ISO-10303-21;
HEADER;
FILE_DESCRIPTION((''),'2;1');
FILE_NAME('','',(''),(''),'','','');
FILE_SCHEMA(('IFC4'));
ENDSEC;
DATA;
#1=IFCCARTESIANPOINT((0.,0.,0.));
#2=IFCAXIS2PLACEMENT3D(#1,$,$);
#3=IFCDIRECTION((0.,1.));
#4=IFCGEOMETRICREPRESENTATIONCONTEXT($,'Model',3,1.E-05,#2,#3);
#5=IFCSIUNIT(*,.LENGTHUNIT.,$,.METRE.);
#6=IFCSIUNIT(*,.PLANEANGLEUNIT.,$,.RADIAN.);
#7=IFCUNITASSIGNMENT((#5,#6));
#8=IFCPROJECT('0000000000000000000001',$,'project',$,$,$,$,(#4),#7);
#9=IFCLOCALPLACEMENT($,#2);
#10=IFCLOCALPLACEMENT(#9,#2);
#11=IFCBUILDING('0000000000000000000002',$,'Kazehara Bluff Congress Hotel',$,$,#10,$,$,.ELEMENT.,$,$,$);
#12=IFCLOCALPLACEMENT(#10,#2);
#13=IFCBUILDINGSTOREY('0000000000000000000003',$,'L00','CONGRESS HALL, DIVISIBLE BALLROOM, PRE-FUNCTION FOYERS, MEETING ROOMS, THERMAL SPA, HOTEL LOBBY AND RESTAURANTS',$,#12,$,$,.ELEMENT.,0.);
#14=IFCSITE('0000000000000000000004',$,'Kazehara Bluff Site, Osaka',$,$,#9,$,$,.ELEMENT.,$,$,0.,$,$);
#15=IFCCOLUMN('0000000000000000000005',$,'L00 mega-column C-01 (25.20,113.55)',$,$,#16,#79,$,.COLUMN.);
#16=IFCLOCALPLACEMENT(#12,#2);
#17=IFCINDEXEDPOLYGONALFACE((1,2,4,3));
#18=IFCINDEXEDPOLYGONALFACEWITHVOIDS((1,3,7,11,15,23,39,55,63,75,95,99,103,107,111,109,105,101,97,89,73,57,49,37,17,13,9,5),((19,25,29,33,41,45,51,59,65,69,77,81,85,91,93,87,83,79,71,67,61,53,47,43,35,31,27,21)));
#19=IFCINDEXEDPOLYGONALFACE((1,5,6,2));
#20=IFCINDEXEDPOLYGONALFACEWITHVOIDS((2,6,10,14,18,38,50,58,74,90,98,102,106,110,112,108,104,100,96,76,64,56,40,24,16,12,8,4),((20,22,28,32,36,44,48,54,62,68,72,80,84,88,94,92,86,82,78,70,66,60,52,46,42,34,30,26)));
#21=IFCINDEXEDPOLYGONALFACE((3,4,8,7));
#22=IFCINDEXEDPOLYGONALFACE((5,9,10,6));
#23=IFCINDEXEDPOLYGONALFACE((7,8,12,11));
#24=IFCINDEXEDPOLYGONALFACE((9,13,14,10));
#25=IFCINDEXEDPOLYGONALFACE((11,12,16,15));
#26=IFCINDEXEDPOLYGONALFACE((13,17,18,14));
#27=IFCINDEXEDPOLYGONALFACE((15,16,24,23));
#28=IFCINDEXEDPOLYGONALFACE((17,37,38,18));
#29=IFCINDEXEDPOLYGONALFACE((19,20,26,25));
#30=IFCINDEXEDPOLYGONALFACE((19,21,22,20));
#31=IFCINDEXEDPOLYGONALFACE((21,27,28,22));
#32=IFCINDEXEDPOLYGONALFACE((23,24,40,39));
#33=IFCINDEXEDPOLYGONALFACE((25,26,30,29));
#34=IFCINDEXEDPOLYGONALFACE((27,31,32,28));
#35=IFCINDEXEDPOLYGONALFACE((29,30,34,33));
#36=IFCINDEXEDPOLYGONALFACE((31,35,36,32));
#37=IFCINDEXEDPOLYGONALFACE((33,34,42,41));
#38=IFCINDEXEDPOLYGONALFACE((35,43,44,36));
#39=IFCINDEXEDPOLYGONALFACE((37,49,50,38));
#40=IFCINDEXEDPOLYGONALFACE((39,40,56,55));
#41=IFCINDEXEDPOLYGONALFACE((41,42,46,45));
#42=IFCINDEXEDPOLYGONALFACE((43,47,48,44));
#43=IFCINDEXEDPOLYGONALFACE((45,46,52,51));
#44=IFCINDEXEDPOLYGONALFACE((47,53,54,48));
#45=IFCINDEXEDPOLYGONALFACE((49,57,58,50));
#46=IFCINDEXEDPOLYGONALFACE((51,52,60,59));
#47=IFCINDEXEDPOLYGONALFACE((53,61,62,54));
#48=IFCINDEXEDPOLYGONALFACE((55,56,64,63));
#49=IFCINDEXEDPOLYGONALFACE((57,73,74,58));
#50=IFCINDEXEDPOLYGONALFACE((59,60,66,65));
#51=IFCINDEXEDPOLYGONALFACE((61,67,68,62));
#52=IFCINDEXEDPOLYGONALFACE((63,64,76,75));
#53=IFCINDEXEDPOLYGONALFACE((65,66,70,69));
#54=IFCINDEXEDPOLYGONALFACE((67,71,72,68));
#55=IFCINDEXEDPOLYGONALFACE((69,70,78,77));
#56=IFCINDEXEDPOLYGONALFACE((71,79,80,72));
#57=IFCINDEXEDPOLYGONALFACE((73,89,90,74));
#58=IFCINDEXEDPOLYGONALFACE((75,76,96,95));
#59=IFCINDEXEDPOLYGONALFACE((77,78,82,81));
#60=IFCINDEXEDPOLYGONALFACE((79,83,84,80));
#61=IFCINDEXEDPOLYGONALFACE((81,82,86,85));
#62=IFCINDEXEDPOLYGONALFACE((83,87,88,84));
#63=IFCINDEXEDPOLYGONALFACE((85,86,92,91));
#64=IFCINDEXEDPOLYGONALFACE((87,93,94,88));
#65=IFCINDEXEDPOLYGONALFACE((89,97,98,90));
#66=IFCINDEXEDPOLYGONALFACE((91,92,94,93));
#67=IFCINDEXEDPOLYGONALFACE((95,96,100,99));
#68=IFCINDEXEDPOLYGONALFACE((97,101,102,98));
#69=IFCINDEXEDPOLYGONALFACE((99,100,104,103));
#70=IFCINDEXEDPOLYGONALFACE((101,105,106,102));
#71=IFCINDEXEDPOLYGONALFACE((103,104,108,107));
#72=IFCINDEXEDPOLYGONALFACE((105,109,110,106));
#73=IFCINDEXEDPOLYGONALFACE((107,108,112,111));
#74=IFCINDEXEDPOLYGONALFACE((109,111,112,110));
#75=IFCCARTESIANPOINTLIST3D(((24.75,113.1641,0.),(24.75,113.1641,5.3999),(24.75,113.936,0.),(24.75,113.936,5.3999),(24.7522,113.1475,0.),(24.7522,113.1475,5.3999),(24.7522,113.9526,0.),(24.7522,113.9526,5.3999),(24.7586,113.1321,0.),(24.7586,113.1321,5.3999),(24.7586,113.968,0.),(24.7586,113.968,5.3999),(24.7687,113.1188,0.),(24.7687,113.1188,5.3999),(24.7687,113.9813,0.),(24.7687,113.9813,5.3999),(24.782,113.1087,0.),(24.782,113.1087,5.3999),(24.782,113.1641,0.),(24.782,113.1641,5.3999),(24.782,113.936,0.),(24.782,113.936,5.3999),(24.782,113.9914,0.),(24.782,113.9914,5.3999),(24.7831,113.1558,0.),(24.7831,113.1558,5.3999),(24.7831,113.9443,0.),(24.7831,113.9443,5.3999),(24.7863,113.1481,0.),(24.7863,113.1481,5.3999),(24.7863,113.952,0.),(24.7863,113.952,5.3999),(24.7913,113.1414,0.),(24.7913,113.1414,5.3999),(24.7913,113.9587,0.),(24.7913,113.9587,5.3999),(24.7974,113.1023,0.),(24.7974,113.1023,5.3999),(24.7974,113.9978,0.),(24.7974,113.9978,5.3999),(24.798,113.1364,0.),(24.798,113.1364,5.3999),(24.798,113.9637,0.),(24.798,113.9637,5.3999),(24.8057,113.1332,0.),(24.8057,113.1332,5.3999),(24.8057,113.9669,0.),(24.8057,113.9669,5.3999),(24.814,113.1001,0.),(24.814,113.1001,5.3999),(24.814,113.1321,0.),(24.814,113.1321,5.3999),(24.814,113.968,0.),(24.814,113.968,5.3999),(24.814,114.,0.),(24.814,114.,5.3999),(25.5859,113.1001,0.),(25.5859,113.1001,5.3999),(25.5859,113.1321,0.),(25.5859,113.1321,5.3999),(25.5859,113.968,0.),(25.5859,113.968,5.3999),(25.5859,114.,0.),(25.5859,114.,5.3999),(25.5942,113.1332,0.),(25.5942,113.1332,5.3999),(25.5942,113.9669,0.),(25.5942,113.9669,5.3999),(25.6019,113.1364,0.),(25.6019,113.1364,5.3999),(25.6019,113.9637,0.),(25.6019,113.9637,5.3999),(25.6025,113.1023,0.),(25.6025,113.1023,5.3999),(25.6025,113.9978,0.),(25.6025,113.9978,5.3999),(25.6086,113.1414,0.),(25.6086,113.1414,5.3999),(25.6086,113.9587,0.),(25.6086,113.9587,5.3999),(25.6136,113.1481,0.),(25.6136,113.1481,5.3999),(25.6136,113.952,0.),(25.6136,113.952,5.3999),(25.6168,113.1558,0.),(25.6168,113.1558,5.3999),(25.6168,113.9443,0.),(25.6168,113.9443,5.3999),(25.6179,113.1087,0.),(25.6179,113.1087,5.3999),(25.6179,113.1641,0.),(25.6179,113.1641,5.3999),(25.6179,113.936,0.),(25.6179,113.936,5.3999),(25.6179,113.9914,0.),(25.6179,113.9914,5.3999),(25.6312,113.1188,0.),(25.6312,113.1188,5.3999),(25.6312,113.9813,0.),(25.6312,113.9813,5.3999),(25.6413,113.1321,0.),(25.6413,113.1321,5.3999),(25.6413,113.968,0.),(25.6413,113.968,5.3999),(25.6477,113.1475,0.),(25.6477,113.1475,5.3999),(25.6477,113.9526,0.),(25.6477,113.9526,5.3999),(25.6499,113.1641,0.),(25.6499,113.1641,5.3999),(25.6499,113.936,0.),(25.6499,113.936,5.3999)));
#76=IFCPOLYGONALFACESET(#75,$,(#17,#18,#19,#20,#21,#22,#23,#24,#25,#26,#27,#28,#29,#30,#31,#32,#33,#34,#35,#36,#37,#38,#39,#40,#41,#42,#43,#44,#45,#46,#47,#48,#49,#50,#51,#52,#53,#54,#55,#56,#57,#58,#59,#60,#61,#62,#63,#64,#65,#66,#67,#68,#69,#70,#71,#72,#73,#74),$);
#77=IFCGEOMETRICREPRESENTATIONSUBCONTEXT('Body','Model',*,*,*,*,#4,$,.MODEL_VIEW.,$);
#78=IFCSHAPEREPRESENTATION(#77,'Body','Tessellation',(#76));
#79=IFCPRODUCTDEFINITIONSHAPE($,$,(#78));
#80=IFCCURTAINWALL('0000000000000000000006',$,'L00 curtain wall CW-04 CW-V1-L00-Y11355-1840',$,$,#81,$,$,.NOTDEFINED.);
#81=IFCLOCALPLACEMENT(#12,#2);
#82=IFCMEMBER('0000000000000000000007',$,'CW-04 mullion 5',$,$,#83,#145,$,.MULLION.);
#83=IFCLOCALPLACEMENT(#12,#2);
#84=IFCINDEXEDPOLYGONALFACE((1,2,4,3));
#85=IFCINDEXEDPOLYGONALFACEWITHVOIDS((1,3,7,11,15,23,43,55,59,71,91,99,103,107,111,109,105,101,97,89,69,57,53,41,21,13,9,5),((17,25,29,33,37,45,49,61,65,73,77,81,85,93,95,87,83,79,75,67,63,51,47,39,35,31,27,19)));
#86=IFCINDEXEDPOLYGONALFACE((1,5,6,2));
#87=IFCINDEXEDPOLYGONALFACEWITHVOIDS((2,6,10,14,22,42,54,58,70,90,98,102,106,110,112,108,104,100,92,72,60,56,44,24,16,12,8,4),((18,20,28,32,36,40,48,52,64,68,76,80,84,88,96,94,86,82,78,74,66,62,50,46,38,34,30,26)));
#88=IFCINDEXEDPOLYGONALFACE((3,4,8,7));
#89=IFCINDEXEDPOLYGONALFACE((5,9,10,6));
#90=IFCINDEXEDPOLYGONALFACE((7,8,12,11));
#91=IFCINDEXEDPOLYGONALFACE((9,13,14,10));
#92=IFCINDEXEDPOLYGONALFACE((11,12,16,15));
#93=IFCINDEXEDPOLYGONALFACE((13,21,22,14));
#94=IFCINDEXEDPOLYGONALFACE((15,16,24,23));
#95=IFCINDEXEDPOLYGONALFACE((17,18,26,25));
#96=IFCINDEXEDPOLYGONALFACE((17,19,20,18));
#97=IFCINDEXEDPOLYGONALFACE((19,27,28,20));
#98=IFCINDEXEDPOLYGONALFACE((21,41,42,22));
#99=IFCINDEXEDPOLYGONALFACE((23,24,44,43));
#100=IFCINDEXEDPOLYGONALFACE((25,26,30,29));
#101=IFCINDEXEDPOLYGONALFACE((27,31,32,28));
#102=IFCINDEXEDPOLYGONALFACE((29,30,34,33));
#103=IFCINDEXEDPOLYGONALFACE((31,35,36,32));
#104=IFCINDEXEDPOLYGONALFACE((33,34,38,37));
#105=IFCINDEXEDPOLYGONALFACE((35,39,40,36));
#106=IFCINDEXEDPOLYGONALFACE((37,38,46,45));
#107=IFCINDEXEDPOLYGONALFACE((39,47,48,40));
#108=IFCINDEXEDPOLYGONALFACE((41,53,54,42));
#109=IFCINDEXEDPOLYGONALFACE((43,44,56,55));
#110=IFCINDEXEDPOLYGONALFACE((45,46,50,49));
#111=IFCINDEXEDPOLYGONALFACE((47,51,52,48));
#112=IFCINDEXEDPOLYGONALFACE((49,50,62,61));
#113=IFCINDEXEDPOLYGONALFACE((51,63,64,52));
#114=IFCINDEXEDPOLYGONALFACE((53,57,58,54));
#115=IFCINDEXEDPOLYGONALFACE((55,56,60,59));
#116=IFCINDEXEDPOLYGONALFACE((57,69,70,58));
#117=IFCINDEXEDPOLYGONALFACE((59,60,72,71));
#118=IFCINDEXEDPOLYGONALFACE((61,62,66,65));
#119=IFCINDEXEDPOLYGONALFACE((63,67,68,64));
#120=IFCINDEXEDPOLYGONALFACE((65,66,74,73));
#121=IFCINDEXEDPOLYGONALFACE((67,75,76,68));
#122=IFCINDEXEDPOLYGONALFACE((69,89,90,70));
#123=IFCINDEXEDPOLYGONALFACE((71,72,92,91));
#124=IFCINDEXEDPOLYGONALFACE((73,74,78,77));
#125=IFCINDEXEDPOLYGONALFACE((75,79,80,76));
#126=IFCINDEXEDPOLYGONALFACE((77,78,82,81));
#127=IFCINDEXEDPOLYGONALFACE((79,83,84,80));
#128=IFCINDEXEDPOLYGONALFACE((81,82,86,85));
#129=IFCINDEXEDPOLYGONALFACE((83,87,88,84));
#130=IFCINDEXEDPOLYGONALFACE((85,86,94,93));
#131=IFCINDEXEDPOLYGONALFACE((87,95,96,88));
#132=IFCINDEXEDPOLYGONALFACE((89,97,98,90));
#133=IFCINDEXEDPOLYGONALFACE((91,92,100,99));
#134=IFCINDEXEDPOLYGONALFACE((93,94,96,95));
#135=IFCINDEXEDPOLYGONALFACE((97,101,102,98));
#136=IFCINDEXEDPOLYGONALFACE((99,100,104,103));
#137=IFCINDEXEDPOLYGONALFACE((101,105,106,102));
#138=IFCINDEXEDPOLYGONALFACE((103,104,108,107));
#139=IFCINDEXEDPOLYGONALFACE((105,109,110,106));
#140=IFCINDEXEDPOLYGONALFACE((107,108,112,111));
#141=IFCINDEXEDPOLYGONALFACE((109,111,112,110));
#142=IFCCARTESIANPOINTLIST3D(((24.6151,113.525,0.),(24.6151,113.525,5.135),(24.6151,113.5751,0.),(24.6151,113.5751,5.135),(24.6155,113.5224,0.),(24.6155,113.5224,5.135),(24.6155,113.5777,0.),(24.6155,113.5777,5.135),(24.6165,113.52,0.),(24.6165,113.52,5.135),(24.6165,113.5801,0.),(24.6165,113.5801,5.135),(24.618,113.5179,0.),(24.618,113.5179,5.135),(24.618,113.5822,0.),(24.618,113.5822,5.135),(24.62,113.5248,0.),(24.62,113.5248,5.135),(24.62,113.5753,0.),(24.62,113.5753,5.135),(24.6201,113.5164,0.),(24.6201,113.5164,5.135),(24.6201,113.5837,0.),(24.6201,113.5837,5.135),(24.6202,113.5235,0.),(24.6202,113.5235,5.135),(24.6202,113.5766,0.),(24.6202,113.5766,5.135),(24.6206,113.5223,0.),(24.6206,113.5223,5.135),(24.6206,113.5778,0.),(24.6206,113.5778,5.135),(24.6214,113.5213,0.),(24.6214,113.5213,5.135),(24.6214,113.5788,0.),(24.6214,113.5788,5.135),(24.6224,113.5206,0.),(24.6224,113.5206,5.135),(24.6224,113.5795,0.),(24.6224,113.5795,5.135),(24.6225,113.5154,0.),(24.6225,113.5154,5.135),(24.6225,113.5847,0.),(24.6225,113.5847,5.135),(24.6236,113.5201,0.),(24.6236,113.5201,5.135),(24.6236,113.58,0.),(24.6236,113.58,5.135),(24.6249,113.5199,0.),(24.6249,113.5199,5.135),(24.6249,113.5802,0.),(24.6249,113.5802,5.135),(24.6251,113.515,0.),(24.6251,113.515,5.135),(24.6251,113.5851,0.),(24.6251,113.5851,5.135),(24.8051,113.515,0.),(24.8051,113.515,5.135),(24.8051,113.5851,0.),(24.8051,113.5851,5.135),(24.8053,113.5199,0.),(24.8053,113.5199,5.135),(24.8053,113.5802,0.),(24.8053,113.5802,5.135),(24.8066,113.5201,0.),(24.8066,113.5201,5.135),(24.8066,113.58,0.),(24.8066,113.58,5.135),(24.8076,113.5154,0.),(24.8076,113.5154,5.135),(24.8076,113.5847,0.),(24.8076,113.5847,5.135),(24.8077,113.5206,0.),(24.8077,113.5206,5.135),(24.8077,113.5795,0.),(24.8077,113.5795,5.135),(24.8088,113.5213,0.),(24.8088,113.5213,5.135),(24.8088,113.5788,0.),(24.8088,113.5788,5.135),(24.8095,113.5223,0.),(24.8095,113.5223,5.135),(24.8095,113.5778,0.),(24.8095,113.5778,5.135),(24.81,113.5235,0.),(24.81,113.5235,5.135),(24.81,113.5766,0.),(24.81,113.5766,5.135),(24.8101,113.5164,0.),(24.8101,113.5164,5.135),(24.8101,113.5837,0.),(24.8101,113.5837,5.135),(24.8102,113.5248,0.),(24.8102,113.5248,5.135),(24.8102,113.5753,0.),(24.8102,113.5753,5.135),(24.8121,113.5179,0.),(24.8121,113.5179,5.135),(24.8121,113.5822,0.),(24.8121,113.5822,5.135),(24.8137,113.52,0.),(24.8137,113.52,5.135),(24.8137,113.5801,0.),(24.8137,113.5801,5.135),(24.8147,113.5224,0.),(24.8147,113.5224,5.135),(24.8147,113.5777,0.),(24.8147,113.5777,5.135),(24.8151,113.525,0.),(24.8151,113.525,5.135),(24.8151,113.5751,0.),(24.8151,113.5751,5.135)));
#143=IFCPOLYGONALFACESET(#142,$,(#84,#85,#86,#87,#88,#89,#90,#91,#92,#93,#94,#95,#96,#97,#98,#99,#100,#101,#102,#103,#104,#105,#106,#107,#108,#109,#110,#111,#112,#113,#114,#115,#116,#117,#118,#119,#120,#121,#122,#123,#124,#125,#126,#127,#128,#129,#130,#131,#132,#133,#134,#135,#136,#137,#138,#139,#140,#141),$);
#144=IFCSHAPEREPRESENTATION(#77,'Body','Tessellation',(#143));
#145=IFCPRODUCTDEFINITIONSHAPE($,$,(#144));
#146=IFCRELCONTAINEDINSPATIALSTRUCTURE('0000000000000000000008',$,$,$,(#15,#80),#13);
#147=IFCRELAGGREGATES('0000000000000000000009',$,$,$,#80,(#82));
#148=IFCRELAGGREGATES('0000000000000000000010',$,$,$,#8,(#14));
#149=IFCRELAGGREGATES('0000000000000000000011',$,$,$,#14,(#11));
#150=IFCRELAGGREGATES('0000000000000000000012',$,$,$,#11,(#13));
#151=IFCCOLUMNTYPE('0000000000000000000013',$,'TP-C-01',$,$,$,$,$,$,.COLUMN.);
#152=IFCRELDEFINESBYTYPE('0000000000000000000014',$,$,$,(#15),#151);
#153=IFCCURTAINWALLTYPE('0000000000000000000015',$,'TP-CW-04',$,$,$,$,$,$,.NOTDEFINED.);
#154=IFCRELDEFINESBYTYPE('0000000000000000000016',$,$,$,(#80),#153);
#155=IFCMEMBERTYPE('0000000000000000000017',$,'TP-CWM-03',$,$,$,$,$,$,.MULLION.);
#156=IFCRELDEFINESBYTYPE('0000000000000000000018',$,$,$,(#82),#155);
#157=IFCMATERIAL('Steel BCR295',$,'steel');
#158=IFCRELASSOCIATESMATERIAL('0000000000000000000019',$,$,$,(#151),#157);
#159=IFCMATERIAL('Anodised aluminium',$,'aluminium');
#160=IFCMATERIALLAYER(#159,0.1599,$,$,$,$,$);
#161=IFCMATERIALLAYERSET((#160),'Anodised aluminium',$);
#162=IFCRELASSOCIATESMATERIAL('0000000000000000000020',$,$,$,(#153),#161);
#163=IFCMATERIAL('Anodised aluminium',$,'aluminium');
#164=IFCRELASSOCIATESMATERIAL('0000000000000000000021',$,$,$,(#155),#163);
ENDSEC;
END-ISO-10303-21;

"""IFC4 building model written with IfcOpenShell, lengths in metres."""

from ifc_helpers import new_model, si_unit, direction, frame, origin, origin_2d, place, context, subcontext, project, spatial, hollow_rectangle, extrude, material, layer, layer_set, material_profile, profile_set, type_object, element, aggregate, save


model = new_model("IFC4")

# Units and contexts
model_context = context("Model", 3, precision=1e-05, world=origin(), true_north=direction((0.0, 1.0)))
body_context = subcontext(model_context, "Body", "Model", "MODEL_VIEW")
ifc_project = project(units=[si_unit("LENGTHUNIT", "METRE"), si_unit("PLANEANGLEUNIT", "RADIAN")], contexts=[model_context])

# Site, building, storey
site_placement = place(None, origin())
site = spatial("IfcSite", under=ifc_project, at=site_placement, Name="Kazehara Bluff Site, Osaka", CompositionType="ELEMENT", RefElevation=0.0)
building_placement = place(site_placement, origin())
building = spatial("IfcBuilding", under=site, at=building_placement, Name="Kazehara Bluff Congress Hotel", CompositionType="ELEMENT")
storey_placement = place(building_placement, origin())
storey = spatial("IfcBuildingStorey", under=building, at=storey_placement, Name="L00", Description="CONGRESS HALL, DIVISIBLE BALLROOM, PRE-FUNCTION FOYERS, MEETING ROOMS, THERMAL SPA, HOTEL LOBBY AND RESTAURANTS", CompositionType="ELEMENT", Elevation=0.0)

# Column
ifc_material_1 = material(Name="Steel BCR295", Category="steel")
ifc_material_profile_1 = material_profile(ifc_material_1, hollow_rectangle(XDim=0.8999, YDim=0.8999, WallThickness=0.032, InnerFilletRadius=0.032, OuterFilletRadius=0.064, at=origin_2d()))
ifc_profile_set_1 = profile_set([ifc_material_profile_1], Name="Steel BCR295")
column_type = type_object("IfcColumnType", Name="TP-C-01", PredefinedType="COLUMN", material=ifc_profile_set_1)
column_placement = place(storey_placement, frame((25.2, 113.55, 0.0), z_axis=(0.0, 0.0, 1.0), x_axis=(1.0, 0.0, 0.0)))
element("IfcColumn", 1, at=column_placement, inside=storey, type_object=column_type, Name="L00 mega-column C-01 (25.20,113.55)", PredefinedType="COLUMN", context=body_context, shape_type="SweptSolid", body=[
    extrude(hollow_rectangle(XDim=0.8999, YDim=0.8999, WallThickness=0.032, InnerFilletRadius=0.032, OuterFilletRadius=0.064, at=origin_2d()), origin(), (0.0, 0.0, 1.0), 5.3999),
])

# Curtain wall, member
ifc_material_2 = material(Name="Anodised aluminium", Category="aluminium")
ifc_layer_1 = layer(ifc_material_2, 0.1599)
ifc_layer_set_1 = layer_set([ifc_layer_1], Name="Anodised aluminium")
curtain_wall_type_1 = type_object("IfcCurtainWallType", Name="TP-CW-04", PredefinedType="NOTDEFINED", material=ifc_layer_set_1)
curtain_wall_1_placement = place(storey_placement, origin())
curtain_wall_1 = element("IfcCurtainWall", 2, at=curtain_wall_1_placement, inside=storey, type_object=curtain_wall_type_1, Name="L00 curtain wall CW-04 CW-V1-L00-Y11355-1840", PredefinedType="NOTDEFINED")
ifc_material_3 = material(Name="Anodised aluminium", Category="aluminium")
ifc_material_profile_2 = material_profile(ifc_material_3, hollow_rectangle(XDim=0.0701, YDim=0.2, WallThickness=0.0049, InnerFilletRadius=0.0049, OuterFilletRadius=0.01, at=origin_2d()))
ifc_profile_set_2 = profile_set([ifc_material_profile_2], Name="Anodised aluminium")
member_type_1 = type_object("IfcMemberType", Name="TP-CWM-03", PredefinedType="MULLION", material=ifc_profile_set_2)
member_1_placement = place(storey_placement, frame((24.7151, 113.55, 0.0), z_axis=(0.0, 0.0, 1.0), x_axis=(0.0, 1.0, 0.0)))
member_1 = element("IfcMember", 3, at=member_1_placement, type_object=member_type_1, Name="CW-04 mullion 5", PredefinedType="MULLION", context=body_context, shape_type="SweptSolid", body=[
    extrude(hollow_rectangle(XDim=0.0701, YDim=0.2, WallThickness=0.0049, InnerFilletRadius=0.0049, OuterFilletRadius=0.01, at=origin_2d()), origin(), (0.0, 0.0, 1.0), 5.135),
])

aggregate(curtain_wall_1, [member_1])

save(model, "model.ifc")
